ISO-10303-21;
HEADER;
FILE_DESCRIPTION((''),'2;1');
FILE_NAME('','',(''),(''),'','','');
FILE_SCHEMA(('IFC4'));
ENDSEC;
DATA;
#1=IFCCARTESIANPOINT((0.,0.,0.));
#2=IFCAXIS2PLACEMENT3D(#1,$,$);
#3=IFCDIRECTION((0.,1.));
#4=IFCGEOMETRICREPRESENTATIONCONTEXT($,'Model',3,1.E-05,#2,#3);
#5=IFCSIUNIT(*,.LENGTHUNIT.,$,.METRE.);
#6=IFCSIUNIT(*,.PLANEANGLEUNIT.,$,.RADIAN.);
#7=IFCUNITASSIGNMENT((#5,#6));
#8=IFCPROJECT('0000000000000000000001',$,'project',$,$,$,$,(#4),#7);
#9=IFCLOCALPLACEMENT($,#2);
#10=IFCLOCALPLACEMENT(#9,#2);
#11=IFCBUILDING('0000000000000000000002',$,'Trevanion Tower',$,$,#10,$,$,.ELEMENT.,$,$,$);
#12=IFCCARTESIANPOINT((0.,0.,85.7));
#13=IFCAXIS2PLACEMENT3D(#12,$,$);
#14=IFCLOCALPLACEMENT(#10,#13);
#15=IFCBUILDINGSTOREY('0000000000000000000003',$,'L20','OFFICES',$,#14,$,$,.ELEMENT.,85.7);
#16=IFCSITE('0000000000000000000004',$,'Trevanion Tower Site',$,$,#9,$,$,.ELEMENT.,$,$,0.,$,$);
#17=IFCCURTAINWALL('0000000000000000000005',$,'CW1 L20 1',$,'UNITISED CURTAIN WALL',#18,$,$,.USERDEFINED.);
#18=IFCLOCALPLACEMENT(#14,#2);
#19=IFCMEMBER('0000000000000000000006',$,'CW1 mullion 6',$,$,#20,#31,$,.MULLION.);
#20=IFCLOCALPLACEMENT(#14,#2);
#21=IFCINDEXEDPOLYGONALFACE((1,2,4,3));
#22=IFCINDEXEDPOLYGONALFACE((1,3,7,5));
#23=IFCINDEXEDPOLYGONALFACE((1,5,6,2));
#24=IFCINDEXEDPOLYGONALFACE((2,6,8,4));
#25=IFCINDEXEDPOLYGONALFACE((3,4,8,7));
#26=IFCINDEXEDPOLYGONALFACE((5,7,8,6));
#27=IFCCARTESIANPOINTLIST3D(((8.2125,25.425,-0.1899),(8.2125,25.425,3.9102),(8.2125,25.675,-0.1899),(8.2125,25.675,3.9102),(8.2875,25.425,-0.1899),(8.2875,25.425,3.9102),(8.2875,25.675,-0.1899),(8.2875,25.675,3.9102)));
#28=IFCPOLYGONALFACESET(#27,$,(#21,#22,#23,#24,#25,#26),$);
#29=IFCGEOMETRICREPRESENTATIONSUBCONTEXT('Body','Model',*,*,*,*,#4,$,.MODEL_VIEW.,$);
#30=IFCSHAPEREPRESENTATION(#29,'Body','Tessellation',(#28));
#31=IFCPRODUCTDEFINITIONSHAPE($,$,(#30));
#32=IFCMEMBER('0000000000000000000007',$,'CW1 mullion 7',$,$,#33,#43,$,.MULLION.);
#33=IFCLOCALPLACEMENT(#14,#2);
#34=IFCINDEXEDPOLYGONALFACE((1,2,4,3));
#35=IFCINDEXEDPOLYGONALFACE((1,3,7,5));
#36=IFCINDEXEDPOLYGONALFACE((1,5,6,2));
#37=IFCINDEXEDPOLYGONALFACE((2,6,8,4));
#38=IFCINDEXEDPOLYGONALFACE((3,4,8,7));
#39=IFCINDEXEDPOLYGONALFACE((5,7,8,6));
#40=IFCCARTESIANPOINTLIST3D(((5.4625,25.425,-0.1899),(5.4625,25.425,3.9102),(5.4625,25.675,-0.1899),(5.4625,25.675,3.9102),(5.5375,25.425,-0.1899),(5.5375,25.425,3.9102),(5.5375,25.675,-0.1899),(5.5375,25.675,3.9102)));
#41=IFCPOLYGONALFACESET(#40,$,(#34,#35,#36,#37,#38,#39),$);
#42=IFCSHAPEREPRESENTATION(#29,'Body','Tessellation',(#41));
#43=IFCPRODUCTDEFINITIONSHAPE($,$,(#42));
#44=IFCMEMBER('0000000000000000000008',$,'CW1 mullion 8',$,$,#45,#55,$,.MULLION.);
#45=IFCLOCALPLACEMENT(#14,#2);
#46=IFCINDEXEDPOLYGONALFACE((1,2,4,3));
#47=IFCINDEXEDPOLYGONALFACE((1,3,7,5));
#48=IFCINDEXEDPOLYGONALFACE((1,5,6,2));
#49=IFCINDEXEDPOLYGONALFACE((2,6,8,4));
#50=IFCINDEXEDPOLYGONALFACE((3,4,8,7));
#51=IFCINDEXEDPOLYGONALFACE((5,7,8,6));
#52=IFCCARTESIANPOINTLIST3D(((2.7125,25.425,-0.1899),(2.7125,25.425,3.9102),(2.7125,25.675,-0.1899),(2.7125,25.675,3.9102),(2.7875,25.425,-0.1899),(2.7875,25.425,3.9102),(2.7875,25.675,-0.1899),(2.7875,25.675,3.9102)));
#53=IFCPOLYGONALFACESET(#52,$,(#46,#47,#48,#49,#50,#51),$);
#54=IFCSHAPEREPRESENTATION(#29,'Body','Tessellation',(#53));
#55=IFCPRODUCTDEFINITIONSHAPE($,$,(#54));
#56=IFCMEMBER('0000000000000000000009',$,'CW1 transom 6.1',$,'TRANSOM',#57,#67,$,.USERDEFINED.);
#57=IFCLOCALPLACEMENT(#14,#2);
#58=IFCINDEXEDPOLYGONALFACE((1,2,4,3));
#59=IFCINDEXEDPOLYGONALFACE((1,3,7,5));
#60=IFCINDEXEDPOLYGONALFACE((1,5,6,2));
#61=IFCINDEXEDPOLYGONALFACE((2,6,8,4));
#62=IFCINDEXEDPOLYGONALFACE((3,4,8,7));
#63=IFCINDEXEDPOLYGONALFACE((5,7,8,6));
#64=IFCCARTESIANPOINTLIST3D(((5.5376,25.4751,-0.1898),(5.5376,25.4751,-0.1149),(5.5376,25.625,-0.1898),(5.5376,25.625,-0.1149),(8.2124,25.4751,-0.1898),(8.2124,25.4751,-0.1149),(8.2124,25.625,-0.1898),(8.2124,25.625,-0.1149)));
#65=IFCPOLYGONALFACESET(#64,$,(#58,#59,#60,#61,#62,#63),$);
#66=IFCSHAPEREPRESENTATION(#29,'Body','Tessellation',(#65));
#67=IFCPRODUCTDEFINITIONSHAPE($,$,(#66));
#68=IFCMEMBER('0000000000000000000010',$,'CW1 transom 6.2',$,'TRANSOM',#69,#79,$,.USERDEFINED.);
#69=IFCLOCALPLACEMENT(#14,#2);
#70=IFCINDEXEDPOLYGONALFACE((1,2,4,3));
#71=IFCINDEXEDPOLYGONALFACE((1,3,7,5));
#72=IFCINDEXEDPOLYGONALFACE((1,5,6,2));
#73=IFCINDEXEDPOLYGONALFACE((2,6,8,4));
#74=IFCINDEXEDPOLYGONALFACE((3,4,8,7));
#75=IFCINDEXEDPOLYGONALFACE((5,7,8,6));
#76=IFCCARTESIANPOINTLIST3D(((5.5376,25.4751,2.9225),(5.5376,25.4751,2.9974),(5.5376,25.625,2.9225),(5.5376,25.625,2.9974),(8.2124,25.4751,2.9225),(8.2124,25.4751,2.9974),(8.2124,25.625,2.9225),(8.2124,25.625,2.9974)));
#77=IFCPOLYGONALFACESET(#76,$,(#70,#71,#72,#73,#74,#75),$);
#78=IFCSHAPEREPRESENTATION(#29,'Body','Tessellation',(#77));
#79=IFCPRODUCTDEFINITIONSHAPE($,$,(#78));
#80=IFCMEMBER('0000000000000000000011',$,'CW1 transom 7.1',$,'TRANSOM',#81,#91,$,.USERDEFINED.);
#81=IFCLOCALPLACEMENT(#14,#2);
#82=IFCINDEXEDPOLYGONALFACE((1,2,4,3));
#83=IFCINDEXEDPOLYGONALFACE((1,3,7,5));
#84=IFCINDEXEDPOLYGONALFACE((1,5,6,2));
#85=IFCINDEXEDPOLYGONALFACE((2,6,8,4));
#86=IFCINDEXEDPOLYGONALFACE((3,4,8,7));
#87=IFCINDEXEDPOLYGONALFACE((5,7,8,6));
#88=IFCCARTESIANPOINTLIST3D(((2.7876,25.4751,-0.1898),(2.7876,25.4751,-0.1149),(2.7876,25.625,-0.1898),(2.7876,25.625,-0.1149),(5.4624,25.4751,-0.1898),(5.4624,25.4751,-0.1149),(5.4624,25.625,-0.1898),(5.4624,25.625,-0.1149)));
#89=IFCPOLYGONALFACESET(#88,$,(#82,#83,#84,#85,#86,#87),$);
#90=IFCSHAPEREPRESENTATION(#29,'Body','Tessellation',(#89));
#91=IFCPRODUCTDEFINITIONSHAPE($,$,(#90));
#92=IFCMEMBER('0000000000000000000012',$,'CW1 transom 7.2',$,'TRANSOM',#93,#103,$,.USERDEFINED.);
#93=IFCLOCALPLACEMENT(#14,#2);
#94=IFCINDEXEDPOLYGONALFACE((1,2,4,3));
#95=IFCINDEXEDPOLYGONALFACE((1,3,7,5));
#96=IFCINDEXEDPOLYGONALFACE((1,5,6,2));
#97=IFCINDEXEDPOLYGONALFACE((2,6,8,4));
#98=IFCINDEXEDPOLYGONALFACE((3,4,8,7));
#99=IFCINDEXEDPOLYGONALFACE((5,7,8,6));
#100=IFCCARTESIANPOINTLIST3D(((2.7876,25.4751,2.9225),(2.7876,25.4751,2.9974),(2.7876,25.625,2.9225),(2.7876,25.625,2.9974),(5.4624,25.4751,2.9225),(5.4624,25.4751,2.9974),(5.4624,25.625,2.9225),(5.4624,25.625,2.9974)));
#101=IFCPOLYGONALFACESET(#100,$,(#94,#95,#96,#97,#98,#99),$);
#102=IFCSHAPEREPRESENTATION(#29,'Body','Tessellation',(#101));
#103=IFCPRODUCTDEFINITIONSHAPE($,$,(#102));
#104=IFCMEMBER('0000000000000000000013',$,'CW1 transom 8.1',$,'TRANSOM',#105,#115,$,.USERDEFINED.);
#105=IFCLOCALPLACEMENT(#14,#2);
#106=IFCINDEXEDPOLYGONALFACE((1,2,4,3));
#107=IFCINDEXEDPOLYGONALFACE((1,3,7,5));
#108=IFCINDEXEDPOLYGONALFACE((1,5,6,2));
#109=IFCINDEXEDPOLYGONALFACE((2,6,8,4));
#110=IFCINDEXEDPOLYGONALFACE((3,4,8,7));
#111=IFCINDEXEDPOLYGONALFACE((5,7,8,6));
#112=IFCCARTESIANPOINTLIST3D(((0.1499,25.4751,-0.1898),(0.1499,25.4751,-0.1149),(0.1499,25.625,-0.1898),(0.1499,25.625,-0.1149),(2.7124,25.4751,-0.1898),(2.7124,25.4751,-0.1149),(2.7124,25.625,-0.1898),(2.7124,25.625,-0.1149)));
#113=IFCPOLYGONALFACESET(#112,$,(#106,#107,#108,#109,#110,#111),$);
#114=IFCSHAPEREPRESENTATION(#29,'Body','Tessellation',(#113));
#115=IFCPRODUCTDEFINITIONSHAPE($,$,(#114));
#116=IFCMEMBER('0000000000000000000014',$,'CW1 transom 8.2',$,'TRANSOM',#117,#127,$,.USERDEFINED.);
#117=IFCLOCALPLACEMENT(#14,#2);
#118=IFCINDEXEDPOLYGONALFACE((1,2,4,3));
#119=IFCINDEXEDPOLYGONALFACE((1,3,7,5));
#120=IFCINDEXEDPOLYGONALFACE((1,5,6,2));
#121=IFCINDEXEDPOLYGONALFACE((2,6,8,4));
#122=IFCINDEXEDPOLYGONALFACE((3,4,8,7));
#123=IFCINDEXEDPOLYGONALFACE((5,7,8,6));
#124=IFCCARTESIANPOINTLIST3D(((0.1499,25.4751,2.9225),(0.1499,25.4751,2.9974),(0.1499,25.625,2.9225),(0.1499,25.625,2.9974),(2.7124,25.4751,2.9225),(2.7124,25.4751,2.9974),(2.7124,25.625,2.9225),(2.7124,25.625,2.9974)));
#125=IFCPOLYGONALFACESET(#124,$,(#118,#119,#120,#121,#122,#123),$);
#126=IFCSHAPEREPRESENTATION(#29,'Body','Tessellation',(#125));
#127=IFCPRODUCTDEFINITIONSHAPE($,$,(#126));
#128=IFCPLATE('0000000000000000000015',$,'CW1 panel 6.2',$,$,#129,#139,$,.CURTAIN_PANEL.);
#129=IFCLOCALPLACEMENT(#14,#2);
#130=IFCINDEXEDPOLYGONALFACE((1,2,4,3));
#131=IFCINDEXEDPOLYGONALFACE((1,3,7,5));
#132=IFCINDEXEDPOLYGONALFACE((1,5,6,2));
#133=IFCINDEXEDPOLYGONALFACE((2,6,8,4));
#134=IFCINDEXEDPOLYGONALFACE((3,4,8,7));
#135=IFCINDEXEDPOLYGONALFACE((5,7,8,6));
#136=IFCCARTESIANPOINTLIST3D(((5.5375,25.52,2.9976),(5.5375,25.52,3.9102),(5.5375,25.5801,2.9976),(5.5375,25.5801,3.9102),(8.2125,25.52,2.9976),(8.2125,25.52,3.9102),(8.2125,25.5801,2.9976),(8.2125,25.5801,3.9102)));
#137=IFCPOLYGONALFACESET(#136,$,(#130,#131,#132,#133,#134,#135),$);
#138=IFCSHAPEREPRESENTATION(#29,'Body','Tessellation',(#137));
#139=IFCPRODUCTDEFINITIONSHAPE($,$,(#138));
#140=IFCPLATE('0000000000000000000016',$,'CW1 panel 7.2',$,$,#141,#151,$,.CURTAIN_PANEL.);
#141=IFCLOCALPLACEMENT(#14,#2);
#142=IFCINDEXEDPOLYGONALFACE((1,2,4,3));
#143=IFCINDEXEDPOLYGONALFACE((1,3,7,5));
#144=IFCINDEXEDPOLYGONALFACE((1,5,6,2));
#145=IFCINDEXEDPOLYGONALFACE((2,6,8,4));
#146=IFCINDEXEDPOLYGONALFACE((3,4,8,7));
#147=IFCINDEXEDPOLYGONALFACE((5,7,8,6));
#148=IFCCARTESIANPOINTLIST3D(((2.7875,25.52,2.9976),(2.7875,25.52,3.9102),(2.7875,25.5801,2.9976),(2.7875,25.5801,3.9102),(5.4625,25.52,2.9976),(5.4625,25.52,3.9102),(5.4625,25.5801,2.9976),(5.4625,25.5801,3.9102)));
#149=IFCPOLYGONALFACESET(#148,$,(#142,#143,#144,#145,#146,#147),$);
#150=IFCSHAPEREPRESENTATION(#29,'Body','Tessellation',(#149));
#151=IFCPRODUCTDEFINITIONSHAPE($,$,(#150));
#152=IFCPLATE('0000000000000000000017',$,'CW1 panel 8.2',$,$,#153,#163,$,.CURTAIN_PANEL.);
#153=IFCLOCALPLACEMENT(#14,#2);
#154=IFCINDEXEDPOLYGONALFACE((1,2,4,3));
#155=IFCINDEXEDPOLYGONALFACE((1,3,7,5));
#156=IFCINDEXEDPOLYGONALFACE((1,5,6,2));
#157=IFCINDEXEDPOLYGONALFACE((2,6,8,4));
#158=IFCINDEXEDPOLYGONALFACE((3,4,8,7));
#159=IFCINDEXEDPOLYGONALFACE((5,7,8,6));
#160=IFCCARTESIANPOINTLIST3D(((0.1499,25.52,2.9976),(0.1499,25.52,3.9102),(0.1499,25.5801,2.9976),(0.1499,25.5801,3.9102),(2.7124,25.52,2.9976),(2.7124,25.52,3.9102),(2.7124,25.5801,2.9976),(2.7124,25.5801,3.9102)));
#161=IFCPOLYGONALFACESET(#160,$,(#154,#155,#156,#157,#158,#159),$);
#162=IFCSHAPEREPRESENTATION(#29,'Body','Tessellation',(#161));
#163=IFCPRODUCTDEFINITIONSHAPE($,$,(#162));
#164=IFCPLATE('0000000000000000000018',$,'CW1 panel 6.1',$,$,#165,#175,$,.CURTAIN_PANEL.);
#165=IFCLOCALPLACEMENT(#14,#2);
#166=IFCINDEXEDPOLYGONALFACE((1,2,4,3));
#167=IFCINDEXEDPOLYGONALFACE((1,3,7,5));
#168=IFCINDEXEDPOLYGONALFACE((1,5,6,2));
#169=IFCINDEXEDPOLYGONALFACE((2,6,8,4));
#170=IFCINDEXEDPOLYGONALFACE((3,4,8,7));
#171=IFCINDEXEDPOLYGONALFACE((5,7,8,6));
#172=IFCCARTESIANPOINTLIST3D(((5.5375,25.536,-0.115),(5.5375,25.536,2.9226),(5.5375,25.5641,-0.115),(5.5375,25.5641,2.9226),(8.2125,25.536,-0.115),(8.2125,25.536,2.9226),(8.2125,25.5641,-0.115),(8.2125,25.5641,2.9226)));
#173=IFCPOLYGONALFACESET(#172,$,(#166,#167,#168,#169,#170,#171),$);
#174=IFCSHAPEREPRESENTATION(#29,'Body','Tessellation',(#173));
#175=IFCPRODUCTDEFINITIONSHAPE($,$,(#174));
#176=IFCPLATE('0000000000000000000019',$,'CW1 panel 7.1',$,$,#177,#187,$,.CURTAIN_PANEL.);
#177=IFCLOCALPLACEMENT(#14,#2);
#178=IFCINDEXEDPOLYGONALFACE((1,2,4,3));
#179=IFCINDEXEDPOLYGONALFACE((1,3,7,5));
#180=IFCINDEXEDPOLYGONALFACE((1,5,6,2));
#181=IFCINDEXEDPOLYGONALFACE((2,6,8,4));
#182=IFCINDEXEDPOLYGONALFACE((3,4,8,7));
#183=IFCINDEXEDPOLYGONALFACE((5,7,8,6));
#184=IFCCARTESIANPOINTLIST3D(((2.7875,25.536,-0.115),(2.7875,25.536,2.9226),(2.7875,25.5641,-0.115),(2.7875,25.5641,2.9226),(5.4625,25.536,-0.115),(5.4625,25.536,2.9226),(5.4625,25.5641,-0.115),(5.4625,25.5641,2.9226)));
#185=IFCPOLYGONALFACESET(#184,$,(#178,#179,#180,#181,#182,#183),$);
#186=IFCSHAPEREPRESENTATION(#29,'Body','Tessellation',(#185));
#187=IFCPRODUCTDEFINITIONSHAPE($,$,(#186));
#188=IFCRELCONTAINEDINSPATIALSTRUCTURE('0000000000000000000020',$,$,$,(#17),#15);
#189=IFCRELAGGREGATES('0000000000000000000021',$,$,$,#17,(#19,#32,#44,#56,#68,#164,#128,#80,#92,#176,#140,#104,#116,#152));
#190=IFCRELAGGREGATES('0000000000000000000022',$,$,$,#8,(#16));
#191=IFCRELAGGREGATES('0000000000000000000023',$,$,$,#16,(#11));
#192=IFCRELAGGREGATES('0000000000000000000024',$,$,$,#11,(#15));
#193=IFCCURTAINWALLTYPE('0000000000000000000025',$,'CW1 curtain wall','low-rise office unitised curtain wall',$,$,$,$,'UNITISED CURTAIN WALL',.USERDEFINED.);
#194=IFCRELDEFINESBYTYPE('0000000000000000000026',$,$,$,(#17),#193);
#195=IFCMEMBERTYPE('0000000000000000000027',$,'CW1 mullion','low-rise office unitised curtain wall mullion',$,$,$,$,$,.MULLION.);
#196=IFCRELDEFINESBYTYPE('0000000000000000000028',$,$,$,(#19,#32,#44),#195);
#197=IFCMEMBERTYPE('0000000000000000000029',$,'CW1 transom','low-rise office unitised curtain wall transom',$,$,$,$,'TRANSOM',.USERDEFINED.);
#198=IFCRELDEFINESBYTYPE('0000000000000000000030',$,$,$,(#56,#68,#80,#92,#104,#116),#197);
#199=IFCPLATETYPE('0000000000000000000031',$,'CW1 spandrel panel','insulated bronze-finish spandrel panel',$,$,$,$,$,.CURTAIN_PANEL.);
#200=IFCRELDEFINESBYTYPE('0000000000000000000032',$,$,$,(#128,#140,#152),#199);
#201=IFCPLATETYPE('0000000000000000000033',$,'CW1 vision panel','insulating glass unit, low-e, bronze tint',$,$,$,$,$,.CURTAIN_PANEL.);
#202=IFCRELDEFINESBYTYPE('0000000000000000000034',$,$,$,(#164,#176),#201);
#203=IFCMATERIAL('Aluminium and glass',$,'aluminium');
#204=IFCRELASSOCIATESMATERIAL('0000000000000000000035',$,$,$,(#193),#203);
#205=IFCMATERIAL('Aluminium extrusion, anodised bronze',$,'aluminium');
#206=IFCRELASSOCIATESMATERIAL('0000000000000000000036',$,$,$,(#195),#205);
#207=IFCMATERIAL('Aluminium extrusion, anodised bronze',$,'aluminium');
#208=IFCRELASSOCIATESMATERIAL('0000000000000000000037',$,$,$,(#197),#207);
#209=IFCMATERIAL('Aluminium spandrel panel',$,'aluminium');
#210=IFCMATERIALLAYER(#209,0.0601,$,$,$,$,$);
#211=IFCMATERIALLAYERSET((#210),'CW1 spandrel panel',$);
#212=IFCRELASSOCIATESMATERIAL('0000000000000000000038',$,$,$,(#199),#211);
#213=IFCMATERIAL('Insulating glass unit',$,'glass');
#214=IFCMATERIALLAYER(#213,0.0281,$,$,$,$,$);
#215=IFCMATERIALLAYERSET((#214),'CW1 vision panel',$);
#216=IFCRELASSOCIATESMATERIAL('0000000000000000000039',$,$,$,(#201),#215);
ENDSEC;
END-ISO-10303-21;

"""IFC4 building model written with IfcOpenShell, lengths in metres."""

from ifc_helpers import new_model, si_unit, direction, frame, origin, origin_2d, place, context, subcontext, project, spatial, rectangle, extrude, material, layer, layer_set, material_profile, profile_set, type_object, element, aggregate, save


model = new_model("IFC4")

# Units and contexts
model_context = context("Model", 3, precision=1e-05, world=origin(), true_north=direction((0.0, 1.0)))
body_context = subcontext(model_context, "Body", "Model", "MODEL_VIEW")
ifc_project = project(units=[si_unit("LENGTHUNIT", "METRE"), si_unit("PLANEANGLEUNIT", "RADIAN")], contexts=[model_context])

# Site, building, storey
site_placement = place(None, origin())
site = spatial("IfcSite", under=ifc_project, at=site_placement, Name="Trevanion Tower Site", CompositionType="ELEMENT", RefElevation=0.0)
building_placement = place(site_placement, origin())
building = spatial("IfcBuilding", under=site, at=building_placement, Name="Trevanion Tower", CompositionType="ELEMENT")
storey_placement = place(building_placement, frame((0.0, 0.0, 85.7)))
storey = spatial("IfcBuildingStorey", under=building, at=storey_placement, Name="L20", Description="OFFICES", CompositionType="ELEMENT", Elevation=85.7)

# Curtain wall, members, plates
ifc_material_1 = material(Name="Aluminium and glass", Category="aluminium")
curtain_wall_type = type_object("IfcCurtainWallType", Name="CW1 curtain wall", Description="low-rise office unitised curtain wall", ElementType="UNITISED CURTAIN WALL", PredefinedType="USERDEFINED", material=ifc_material_1)
curtain_wall_placement = place(storey_placement, origin())
curtain_wall = element("IfcCurtainWall", 1, at=curtain_wall_placement, inside=storey, type_object=curtain_wall_type, Name="CW1 L20 1", ObjectType="UNITISED CURTAIN WALL", PredefinedType="USERDEFINED")
ifc_material_2 = material(Name="Aluminium extrusion, anodised bronze", Category="aluminium")
ifc_material_profile_1 = material_profile(ifc_material_2, rectangle(XDim=0.075, YDim=0.25, at=origin_2d()), Name="CW1 mullion")
ifc_profile_set_1 = profile_set([ifc_material_profile_1], Name="Aluminium extrusion, anodised bronze")
member_type_1 = type_object("IfcMemberType", Name="CW1 mullion", Description="low-rise office unitised curtain wall mullion", PredefinedType="MULLION", material=ifc_profile_set_1)
member_1_placement = place(storey_placement, frame((8.25, 25.55, -0.1899), z_axis=(0.0, 0.0, 1.0), x_axis=(-1.0, 0.0, 0.0)))
member_1 = element("IfcMember", 2, at=member_1_placement, type_object=member_type_1, Name="CW1 mullion 6", PredefinedType="MULLION", context=body_context, shape_type="SweptSolid", body=[
    extrude(rectangle(XDim=0.075, YDim=0.25, at=origin_2d()), origin(), (0.0, 0.0, 1.0), 4.1001),
])
member_2_placement = place(storey_placement, frame((5.5, 25.55, -0.1899), z_axis=(0.0, 0.0, 1.0), x_axis=(-1.0, 0.0, 0.0)))
member_2 = element("IfcMember", 3, at=member_2_placement, type_object=member_type_1, Name="CW1 mullion 7", PredefinedType="MULLION", context=body_context, shape_type="SweptSolid", body=[
    extrude(rectangle(XDim=0.075, YDim=0.25, at=origin_2d()), origin(), (0.0, 0.0, 1.0), 4.1001),
])
member_3_placement = place(storey_placement, frame((2.75, 25.55, -0.1899), z_axis=(0.0, 0.0, 1.0), x_axis=(-1.0, 0.0, 0.0)))
member_3 = element("IfcMember", 4, at=member_3_placement, type_object=member_type_1, Name="CW1 mullion 8", PredefinedType="MULLION", context=body_context, shape_type="SweptSolid", body=[
    extrude(rectangle(XDim=0.075, YDim=0.25, at=origin_2d()), origin(), (0.0, 0.0, 1.0), 4.1001),
])
ifc_material_3 = material(Name="Aluminium extrusion, anodised bronze", Category="aluminium")
ifc_material_profile_2 = material_profile(ifc_material_3, rectangle(XDim=0.1499, YDim=0.075, at=origin_2d()), Name="CW1 transom")
ifc_profile_set_2 = profile_set([ifc_material_profile_2], Name="Aluminium extrusion, anodised bronze")
member_type_2 = type_object("IfcMemberType", Name="CW1 transom", Description="low-rise office unitised curtain wall transom", ElementType="TRANSOM", PredefinedType="USERDEFINED", material=ifc_profile_set_2)
member_4_placement = place(storey_placement, frame((8.2124, 25.55, -0.1523), z_axis=(-1.0, 0.0, 0.0), x_axis=(0.0, -1.0, 0.0)))
member_4 = element("IfcMember", 5, at=member_4_placement, type_object=member_type_2, Name="CW1 transom 6.1", ObjectType="TRANSOM", PredefinedType="USERDEFINED", context=body_context, shape_type="SweptSolid", body=[
    extrude(rectangle(XDim=0.1499, YDim=0.075, at=origin_2d()), origin(), (0.0, 0.0, 1.0), 2.6748),
])
member_5_placement = place(storey_placement, frame((8.2124, 25.55, 2.96), z_axis=(-1.0, 0.0, 0.0), x_axis=(0.0, -1.0, 0.0)))
member_5 = element("IfcMember", 6, at=member_5_placement, type_object=member_type_2, Name="CW1 transom 6.2", ObjectType="TRANSOM", PredefinedType="USERDEFINED", context=body_context, shape_type="SweptSolid", body=[
    extrude(rectangle(XDim=0.1499, YDim=0.075, at=origin_2d()), origin(), (0.0, 0.0, 1.0), 2.6748),
])
member_6_placement = place(storey_placement, frame((5.4624, 25.55, -0.1523), z_axis=(-1.0, 0.0, 0.0), x_axis=(0.0, -1.0, 0.0)))
member_6 = element("IfcMember", 7, at=member_6_placement, type_object=member_type_2, Name="CW1 transom 7.1", ObjectType="TRANSOM", PredefinedType="USERDEFINED", context=body_context, shape_type="SweptSolid", body=[
    extrude(rectangle(XDim=0.1499, YDim=0.075, at=origin_2d()), origin(), (0.0, 0.0, 1.0), 2.6748),
])
member_7_placement = place(storey_placement, frame((5.4624, 25.55, 2.96), z_axis=(-1.0, 0.0, 0.0), x_axis=(0.0, -1.0, 0.0)))
member_7 = element("IfcMember", 8, at=member_7_placement, type_object=member_type_2, Name="CW1 transom 7.2", ObjectType="TRANSOM", PredefinedType="USERDEFINED", context=body_context, shape_type="SweptSolid", body=[
    extrude(rectangle(XDim=0.1499, YDim=0.075, at=origin_2d()), origin(), (0.0, 0.0, 1.0), 2.6748),
])
member_8_placement = place(storey_placement, frame((2.7124, 25.55, -0.1523), z_axis=(-1.0, 0.0, 0.0), x_axis=(0.0, -1.0, 0.0)))
member_8 = element("IfcMember", 9, at=member_8_placement, type_object=member_type_2, Name="CW1 transom 8.1", ObjectType="TRANSOM", PredefinedType="USERDEFINED", context=body_context, shape_type="SweptSolid", body=[
    extrude(rectangle(XDim=0.1499, YDim=0.075, at=origin_2d()), origin(), (0.0, 0.0, 1.0), 2.5625),
])
member_9_placement = place(storey_placement, frame((2.7124, 25.55, 2.96), z_axis=(-1.0, 0.0, 0.0), x_axis=(0.0, -1.0, 0.0)))
member_9 = element("IfcMember", 10, at=member_9_placement, type_object=member_type_2, Name="CW1 transom 8.2", ObjectType="TRANSOM", PredefinedType="USERDEFINED", context=body_context, shape_type="SweptSolid", body=[
    extrude(rectangle(XDim=0.1499, YDim=0.075, at=origin_2d()), origin(), (0.0, 0.0, 1.0), 2.5625),
])
ifc_material_4 = material(Name="Aluminium spandrel panel", Category="aluminium")
ifc_layer_1 = layer(ifc_material_4, 0.0601)
ifc_layer_set_1 = layer_set([ifc_layer_1], Name="CW1 spandrel panel")
plate_type_1 = type_object("IfcPlateType", Name="CW1 spandrel panel", Description="insulated bronze-finish spandrel panel", PredefinedType="CURTAIN_PANEL", material=ifc_layer_set_1)
plate_1_placement = place(storey_placement, frame((6.875, 25.55, 2.9976), z_axis=(0.0, 0.0, 1.0), x_axis=(-1.0, 0.0, 0.0)))
plate_1 = element("IfcPlate", 11, at=plate_1_placement, type_object=plate_type_1, Name="CW1 panel 6.2", PredefinedType="CURTAIN_PANEL", context=body_context, shape_type="SweptSolid", body=[
    extrude(rectangle(XDim=2.675, YDim=0.0601, at=origin_2d()), origin(), (0.0, 0.0, 1.0), 0.9126),
])
plate_2_placement = place(storey_placement, frame((4.125, 25.55, 2.9976), z_axis=(0.0, 0.0, 1.0), x_axis=(-1.0, 0.0, 0.0)))
plate_2 = element("IfcPlate", 12, at=plate_2_placement, type_object=plate_type_1, Name="CW1 panel 7.2", PredefinedType="CURTAIN_PANEL", context=body_context, shape_type="SweptSolid", body=[
    extrude(rectangle(XDim=2.675, YDim=0.0601, at=origin_2d()), origin(), (0.0, 0.0, 1.0), 0.9126),
])
plate_3_placement = place(storey_placement, frame((1.4312, 25.55, 2.9976), z_axis=(0.0, 0.0, 1.0), x_axis=(-1.0, 0.0, 0.0)))
plate_3 = element("IfcPlate", 13, at=plate_3_placement, type_object=plate_type_1, Name="CW1 panel 8.2", PredefinedType="CURTAIN_PANEL", context=body_context, shape_type="SweptSolid", body=[
    extrude(rectangle(XDim=2.5625, YDim=0.0601, at=origin_2d()), origin(), (0.0, 0.0, 1.0), 0.9126),
])
ifc_material_5 = material(Name="Insulating glass unit", Category="glass")
ifc_layer_2 = layer(ifc_material_5, 0.0281)
ifc_layer_set_2 = layer_set([ifc_layer_2], Name="CW1 vision panel")
plate_type_2 = type_object("IfcPlateType", Name="CW1 vision panel", Description="insulating glass unit, low-e, bronze tint", PredefinedType="CURTAIN_PANEL", material=ifc_layer_set_2)
plate_4_placement = place(storey_placement, frame((6.875, 25.55, -0.115), z_axis=(0.0, 0.0, 1.0), x_axis=(-1.0, 0.0, 0.0)))
plate_4 = element("IfcPlate", 14, at=plate_4_placement, type_object=plate_type_2, Name="CW1 panel 6.1", PredefinedType="CURTAIN_PANEL", context=body_context, shape_type="SweptSolid", body=[
    extrude(rectangle(XDim=2.675, YDim=0.0281, at=origin_2d()), origin(), (0.0, 0.0, 1.0), 3.0376),
])
plate_5_placement = place(storey_placement, frame((4.125, 25.55, -0.115), z_axis=(0.0, 0.0, 1.0), x_axis=(-1.0, 0.0, 0.0)))
plate_5 = element("IfcPlate", 15, at=plate_5_placement, type_object=plate_type_2, Name="CW1 panel 7.1", PredefinedType="CURTAIN_PANEL", context=body_context, shape_type="SweptSolid", body=[
    extrude(rectangle(XDim=2.675, YDim=0.0281, at=origin_2d()), origin(), (0.0, 0.0, 1.0), 3.0376),
])
aggregate(curtain_wall, [member_1, member_2, member_3, member_4, member_5, plate_4, plate_1, member_6, member_7, plate_5, plate_2, member_8, member_9, plate_3])

save(model, "model.ifc")
